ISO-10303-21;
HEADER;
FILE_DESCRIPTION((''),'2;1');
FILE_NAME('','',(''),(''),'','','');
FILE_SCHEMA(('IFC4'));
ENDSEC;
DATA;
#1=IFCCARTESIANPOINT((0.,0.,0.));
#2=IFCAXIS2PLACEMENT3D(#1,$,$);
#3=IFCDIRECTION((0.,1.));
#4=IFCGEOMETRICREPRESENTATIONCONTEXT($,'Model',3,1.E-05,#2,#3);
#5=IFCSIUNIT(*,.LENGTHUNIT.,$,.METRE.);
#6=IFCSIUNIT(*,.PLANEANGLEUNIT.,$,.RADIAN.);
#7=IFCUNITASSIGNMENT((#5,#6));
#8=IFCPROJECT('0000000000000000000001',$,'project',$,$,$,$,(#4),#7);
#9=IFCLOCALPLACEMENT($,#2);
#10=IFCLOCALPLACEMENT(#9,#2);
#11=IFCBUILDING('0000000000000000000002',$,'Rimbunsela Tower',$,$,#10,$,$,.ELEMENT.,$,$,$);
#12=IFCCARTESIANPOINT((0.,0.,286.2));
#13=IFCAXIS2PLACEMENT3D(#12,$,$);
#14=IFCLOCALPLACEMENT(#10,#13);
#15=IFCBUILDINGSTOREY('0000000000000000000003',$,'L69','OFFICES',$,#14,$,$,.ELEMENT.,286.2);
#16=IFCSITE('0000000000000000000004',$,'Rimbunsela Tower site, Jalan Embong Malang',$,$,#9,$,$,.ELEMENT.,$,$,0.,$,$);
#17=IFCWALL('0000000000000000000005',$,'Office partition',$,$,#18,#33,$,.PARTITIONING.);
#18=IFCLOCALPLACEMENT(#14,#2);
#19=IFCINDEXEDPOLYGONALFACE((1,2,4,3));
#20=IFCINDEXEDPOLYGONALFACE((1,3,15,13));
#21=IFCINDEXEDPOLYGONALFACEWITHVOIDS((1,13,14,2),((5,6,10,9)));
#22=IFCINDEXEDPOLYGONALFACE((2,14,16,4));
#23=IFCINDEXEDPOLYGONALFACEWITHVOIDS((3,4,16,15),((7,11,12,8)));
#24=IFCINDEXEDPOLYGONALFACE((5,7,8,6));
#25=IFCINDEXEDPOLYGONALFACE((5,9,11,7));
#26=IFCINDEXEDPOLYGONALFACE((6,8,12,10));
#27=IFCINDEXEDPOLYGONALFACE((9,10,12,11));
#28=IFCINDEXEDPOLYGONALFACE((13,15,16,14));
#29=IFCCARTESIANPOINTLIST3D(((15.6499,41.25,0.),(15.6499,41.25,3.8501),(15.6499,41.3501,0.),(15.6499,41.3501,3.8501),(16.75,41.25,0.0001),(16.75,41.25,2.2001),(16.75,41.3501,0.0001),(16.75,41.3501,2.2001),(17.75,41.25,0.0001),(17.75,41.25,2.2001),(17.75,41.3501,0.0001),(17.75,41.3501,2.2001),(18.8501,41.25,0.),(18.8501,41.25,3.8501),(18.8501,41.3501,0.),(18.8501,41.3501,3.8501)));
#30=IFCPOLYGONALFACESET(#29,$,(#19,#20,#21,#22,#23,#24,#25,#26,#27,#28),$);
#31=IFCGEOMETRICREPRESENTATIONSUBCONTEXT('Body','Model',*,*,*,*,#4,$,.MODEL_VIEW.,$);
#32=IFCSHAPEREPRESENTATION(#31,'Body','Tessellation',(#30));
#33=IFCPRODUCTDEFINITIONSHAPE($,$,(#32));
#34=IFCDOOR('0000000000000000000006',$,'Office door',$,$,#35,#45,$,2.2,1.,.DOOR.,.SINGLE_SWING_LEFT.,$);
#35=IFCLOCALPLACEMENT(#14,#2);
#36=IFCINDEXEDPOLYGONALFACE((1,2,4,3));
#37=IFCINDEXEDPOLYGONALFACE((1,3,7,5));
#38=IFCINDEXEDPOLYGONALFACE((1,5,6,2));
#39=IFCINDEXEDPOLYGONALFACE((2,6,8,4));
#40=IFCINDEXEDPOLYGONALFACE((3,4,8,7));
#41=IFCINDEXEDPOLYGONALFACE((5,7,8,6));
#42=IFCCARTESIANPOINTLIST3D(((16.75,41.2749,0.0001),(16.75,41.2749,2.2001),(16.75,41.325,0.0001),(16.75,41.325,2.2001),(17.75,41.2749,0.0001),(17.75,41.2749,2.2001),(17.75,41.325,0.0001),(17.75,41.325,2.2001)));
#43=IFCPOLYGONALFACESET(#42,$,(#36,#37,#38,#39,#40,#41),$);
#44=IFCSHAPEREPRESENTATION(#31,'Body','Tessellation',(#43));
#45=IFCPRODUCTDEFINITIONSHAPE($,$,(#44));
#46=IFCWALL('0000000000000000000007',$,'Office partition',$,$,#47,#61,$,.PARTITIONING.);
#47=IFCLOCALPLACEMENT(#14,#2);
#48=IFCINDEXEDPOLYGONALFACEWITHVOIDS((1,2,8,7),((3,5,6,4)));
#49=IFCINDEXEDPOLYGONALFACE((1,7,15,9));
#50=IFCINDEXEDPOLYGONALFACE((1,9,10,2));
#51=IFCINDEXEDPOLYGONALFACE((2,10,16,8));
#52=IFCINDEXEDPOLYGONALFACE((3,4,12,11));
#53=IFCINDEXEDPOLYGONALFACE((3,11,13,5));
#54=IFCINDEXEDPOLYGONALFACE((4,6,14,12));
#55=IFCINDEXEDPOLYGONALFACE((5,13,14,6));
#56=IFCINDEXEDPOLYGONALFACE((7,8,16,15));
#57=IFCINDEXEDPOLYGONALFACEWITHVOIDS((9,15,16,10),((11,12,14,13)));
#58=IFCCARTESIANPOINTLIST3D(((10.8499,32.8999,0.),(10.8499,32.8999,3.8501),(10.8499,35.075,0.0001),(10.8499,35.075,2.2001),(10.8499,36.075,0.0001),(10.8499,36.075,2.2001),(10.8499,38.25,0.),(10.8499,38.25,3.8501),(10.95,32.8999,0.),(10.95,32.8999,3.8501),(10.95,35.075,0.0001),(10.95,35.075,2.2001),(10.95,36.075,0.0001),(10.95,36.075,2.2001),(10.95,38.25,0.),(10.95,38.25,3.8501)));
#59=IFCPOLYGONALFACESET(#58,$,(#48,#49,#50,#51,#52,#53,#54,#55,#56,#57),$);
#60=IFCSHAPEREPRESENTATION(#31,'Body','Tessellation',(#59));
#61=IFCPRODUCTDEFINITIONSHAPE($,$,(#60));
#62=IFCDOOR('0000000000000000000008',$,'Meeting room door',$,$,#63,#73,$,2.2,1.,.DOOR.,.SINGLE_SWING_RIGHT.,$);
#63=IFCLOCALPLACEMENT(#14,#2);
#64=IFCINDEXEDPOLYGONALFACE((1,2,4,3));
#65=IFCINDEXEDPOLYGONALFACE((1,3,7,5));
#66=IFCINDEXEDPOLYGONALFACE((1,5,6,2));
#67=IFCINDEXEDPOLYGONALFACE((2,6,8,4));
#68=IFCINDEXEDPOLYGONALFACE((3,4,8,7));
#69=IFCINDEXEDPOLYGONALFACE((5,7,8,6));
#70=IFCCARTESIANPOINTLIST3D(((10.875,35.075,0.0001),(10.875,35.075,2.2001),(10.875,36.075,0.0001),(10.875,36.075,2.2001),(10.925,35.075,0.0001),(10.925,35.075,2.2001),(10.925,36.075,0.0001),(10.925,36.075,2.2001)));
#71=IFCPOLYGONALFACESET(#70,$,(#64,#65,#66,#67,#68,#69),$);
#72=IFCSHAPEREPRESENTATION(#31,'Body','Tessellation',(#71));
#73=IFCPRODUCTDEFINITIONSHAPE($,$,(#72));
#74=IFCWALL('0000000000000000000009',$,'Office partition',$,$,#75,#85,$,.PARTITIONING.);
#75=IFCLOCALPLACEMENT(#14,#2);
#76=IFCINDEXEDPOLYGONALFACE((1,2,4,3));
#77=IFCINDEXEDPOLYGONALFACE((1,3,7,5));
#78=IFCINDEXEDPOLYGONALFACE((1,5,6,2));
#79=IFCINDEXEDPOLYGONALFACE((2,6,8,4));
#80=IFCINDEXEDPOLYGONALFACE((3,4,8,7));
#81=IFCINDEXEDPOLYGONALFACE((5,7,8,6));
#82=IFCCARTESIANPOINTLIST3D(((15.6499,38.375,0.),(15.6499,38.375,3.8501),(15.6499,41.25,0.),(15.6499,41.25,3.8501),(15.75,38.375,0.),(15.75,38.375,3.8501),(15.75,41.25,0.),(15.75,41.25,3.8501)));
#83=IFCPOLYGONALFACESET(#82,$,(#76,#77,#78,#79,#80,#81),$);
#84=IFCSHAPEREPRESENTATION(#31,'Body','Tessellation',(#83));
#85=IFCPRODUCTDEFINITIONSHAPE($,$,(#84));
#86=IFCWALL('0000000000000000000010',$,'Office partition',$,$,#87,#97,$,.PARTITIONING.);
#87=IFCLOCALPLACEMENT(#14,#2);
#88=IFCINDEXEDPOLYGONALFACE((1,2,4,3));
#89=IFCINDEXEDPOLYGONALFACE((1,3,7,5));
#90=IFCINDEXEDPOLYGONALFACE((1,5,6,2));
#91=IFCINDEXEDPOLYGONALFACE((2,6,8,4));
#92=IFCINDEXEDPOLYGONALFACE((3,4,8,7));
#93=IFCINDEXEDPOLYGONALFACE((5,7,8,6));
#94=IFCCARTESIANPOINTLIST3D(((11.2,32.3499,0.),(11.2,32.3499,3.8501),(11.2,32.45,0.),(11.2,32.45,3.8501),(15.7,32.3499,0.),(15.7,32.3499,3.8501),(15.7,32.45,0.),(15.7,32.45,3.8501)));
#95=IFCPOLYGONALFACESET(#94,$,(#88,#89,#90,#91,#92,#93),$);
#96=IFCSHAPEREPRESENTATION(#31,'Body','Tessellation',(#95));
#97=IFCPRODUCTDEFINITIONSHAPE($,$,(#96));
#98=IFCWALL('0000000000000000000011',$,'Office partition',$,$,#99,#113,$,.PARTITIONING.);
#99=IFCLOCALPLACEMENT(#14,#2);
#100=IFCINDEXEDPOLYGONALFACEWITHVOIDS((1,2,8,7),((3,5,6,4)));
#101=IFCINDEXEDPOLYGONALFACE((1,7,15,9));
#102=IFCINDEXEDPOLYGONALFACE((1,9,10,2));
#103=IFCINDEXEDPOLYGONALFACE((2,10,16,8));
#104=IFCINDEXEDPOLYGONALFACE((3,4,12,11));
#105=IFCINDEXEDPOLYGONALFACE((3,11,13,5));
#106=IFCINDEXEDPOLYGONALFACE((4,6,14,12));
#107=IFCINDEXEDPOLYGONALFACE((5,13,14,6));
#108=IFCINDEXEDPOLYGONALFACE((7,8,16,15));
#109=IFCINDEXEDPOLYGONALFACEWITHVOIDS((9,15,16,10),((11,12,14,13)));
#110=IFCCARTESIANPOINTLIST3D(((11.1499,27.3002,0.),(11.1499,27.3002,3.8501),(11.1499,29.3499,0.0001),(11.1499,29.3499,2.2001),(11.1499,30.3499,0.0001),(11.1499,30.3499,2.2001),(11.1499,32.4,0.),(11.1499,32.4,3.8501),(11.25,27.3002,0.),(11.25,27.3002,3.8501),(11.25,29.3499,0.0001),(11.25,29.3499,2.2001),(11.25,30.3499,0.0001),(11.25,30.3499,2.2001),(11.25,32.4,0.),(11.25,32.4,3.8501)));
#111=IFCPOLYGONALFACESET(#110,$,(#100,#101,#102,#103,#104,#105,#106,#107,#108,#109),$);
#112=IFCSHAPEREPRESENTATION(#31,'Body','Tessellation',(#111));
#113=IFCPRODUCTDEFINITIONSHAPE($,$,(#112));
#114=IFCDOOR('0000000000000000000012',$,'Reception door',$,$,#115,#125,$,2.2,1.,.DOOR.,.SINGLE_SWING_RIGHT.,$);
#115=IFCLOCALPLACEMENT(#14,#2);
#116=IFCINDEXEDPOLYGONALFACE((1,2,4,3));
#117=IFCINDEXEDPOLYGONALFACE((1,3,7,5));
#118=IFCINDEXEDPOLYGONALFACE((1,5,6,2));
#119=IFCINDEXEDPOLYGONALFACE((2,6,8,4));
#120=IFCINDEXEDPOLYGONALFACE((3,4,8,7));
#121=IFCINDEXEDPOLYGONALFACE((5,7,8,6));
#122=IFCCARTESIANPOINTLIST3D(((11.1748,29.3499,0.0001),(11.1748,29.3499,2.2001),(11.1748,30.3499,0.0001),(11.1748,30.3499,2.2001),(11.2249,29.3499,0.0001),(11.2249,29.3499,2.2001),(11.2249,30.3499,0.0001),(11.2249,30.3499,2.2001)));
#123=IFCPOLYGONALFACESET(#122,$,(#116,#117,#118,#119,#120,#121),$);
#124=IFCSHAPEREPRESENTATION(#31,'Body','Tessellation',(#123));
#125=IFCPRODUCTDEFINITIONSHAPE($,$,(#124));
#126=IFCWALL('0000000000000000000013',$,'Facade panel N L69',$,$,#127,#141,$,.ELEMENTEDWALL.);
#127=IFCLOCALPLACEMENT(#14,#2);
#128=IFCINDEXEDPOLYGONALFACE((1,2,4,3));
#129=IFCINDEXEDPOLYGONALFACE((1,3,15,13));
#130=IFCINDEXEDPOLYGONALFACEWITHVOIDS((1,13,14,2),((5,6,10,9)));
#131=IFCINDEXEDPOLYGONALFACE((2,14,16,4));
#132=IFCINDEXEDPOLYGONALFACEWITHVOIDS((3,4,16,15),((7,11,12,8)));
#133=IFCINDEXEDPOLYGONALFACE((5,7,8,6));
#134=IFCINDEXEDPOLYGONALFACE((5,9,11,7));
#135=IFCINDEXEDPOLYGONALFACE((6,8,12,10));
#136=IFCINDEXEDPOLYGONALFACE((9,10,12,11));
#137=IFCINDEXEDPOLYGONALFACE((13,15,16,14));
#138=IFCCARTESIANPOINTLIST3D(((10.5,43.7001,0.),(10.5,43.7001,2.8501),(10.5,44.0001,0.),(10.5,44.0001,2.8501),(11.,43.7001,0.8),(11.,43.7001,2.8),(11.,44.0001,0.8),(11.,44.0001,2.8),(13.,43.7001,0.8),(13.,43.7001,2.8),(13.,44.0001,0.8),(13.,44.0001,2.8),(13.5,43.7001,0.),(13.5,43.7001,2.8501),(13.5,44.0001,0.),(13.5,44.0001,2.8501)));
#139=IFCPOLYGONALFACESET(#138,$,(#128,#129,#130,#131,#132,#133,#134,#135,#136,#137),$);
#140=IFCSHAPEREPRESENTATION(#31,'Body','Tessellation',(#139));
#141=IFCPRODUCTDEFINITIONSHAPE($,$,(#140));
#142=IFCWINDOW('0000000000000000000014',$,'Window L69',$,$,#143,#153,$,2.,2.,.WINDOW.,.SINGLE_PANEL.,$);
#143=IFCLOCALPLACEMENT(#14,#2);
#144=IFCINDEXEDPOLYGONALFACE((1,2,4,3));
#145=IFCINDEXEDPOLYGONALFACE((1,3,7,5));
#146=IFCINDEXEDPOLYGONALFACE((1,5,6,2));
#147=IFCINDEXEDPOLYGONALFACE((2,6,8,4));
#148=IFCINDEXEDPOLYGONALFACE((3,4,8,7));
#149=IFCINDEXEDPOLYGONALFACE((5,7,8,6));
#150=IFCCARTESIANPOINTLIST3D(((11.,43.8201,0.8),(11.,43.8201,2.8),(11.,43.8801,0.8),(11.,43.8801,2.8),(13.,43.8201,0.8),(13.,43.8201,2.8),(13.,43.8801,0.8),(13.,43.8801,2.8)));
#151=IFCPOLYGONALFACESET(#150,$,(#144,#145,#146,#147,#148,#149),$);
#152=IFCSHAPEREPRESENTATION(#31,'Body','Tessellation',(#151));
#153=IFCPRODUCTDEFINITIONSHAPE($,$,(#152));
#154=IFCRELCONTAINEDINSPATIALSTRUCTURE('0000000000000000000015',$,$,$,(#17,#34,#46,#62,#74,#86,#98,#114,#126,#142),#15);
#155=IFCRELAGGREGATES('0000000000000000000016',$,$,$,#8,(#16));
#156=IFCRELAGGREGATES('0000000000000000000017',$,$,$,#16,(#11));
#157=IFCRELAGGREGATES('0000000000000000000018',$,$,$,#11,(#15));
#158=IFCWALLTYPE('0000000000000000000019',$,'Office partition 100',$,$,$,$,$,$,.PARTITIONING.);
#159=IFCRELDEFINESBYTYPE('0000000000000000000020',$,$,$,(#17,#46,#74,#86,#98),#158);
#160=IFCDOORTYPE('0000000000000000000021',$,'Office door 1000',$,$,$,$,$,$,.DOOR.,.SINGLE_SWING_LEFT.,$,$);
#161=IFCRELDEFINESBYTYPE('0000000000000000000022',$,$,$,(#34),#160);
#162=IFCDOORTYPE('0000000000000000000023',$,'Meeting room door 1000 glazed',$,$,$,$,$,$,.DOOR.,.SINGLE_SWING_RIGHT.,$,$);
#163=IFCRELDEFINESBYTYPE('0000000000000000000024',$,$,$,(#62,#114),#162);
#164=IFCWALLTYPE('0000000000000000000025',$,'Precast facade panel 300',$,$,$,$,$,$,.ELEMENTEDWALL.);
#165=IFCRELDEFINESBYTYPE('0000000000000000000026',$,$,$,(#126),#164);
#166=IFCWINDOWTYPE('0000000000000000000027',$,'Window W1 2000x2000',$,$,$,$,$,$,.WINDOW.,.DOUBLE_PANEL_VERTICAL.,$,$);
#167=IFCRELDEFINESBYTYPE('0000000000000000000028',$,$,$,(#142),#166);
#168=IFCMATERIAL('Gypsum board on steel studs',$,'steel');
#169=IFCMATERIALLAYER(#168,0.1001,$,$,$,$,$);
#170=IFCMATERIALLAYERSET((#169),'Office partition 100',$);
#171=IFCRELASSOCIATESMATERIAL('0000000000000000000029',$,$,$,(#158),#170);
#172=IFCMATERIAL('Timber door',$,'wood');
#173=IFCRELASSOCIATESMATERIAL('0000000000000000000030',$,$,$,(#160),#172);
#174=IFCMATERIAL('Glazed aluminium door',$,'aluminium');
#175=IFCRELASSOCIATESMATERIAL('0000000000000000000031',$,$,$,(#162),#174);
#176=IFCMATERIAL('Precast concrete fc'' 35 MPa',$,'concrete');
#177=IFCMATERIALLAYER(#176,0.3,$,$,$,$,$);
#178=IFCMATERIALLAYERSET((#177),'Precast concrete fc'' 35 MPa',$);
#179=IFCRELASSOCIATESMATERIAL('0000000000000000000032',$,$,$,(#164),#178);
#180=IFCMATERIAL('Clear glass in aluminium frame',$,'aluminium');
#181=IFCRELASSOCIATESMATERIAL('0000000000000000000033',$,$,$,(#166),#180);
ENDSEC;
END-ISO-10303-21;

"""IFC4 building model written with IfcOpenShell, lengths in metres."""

from ifc_helpers import new_model, si_unit, direction, frame, frame_2d, origin, place, context, subcontext, project, spatial, rectangle, extrude, material, layer, layer_set, type_object, element, fill, save


model = new_model("IFC4")

# Units and contexts
model_context = context("Model", 3, precision=1e-05, world=origin(), true_north=direction((0.0, 1.0)))
body_context = subcontext(model_context, "Body", "Model", "MODEL_VIEW")
ifc_project = project(units=[si_unit("LENGTHUNIT", "METRE"), si_unit("PLANEANGLEUNIT", "RADIAN")], contexts=[model_context])

# Site, building, storey
site_placement = place(None, origin())
site = spatial("IfcSite", under=ifc_project, at=site_placement, Name="Rimbunsela Tower site, Jalan Embong Malang", CompositionType="ELEMENT", RefElevation=0.0)
building_placement = place(site_placement, origin())
building = spatial("IfcBuilding", under=site, at=building_placement, Name="Rimbunsela Tower", CompositionType="ELEMENT")
storey_placement = place(building_placement, frame((0.0, 0.0, 286.2)))
storey = spatial("IfcBuildingStorey", under=building, at=storey_placement, Name="L69", Description="OFFICES", CompositionType="ELEMENT", Elevation=286.2)

# Shared definitions
ifc_material_1 = material(Name="Gypsum board on steel studs", Category="steel")
ifc_layer_1 = layer(ifc_material_1, 0.1001)
ifc_layer_set_1 = layer_set([ifc_layer_1], Name="Office partition 100")
wall_type_1 = type_object("IfcWallType", Name="Office partition 100", PredefinedType="PARTITIONING", material=ifc_layer_set_1)

# Walls, openings, doors
wall_1_placement = place(storey_placement, frame((15.6499, 41.3, 0.0), z_axis=(0.0, 0.0, 1.0), x_axis=(1.0, 0.0, 0.0)))
wall_1 = element("IfcWall", 1, at=wall_1_placement, inside=storey, type_object=wall_type_1, Name="Office partition", PredefinedType="PARTITIONING", context=body_context, shape_type="SweptSolid", body=[
    extrude(rectangle(XDim=3.2002, YDim=0.1001, at=frame_2d((1.6001, 0.0))), origin(), (0.0, 0.0, 1.0), 3.8501),
])
opening_1_placement = place(wall_1_placement, frame((1.1001, 0.0, 0.0)))
opening_1 = element("IfcOpeningElement", 2, at=opening_1_placement, cuts=wall_1, PredefinedType="OPENING", context=body_context, shape_type="SweptSolid", body=[
    extrude(rectangle(XDim=1.0, YDim=2.2, at=frame_2d((0.5, 1.1001))), frame((0.0, 0.0601, 0.0), z_axis=(0.0, -1.0, 0.0), x_axis=(1.0, 0.0, 0.0)), (0.0, 0.0, 1.0), 0.1201),
])
ifc_material_2 = material(Name="Timber door", Category="wood")
door_type_1 = type_object("IfcDoorType", Name="Office door 1000", OperationType="SINGLE_SWING_LEFT", PredefinedType="DOOR", material=ifc_material_2)
door_1_placement = place(opening_1_placement, origin())
door_1 = element("IfcDoor", 3, at=door_1_placement, inside=storey, type_object=door_type_1, Name="Office door", OperationType="SINGLE_SWING_LEFT", OverallHeight=2.2, OverallWidth=1.0, PredefinedType="DOOR", context=body_context, shape_type="SweptSolid", body=[
    extrude(rectangle(XDim=1.0, YDim=2.2, at=frame_2d((0.5, 1.1001))), frame((0.0, 0.0249, 0.0), z_axis=(0.0, -1.0, 0.0), x_axis=(1.0, 0.0, 0.0)), (0.0, 0.0, 1.0), 0.05),
])
fill(opening_1, door_1)
wall_2_placement = place(storey_placement, frame((10.8999, 32.8999, 0.0), z_axis=(0.0, 0.0, 1.0), x_axis=(0.0, 1.0, 0.0)))
wall_2 = element("IfcWall", 4, at=wall_2_placement, inside=storey, type_object=wall_type_1, Name="Office partition", PredefinedType="PARTITIONING", context=body_context, shape_type="SweptSolid", body=[
    extrude(rectangle(XDim=5.3501, YDim=0.1001, at=frame_2d((2.675, 0.0))), origin(), (0.0, 0.0, 1.0), 3.8501),
])
opening_2_placement = place(wall_2_placement, frame((2.175, 0.0, 0.0)))
opening_2 = element("IfcOpeningElement", 5, at=opening_2_placement, cuts=wall_2, PredefinedType="OPENING", context=body_context, shape_type="SweptSolid", body=[
    extrude(rectangle(XDim=1.0, YDim=2.2, at=frame_2d((0.5, 1.1001))), frame((0.0, 0.0601, 0.0), z_axis=(0.0, -1.0, 0.0), x_axis=(1.0, 0.0, 0.0)), (0.0, 0.0, 1.0), 0.1201),
])
ifc_material_3 = material(Name="Glazed aluminium door", Category="aluminium")
door_type_2 = type_object("IfcDoorType", Name="Meeting room door 1000 glazed", OperationType="SINGLE_SWING_RIGHT", PredefinedType="DOOR", material=ifc_material_3)
door_2_placement = place(opening_2_placement, origin())
door_2 = element("IfcDoor", 6, at=door_2_placement, inside=storey, type_object=door_type_2, Name="Meeting room door", OperationType="SINGLE_SWING_RIGHT", OverallHeight=2.2, OverallWidth=1.0, PredefinedType="DOOR", context=body_context, shape_type="SweptSolid", body=[
    extrude(rectangle(XDim=1.0, YDim=2.2, at=frame_2d((0.5, 1.1001))), frame((0.0, 0.0249, 0.0), z_axis=(0.0, -1.0, 0.0), x_axis=(1.0, 0.0, 0.0)), (0.0, 0.0, 1.0), 0.05),
])
fill(opening_2, door_2)

# Walls
wall_3_placement = place(storey_placement, frame((15.7, 38.375, 0.0), z_axis=(0.0, 0.0, 1.0), x_axis=(0.0, 1.0, 0.0)))
element("IfcWall", 7, at=wall_3_placement, inside=storey, type_object=wall_type_1, Name="Office partition", PredefinedType="PARTITIONING", context=body_context, shape_type="SweptSolid", body=[
    extrude(rectangle(XDim=2.875, YDim=0.1001, at=frame_2d((1.4375, 0.0))), origin(), (0.0, 0.0, 1.0), 3.8501),
])
wall_4_placement = place(storey_placement, frame((15.7, 32.3999, 0.0), z_axis=(0.0, 0.0, 1.0), x_axis=(-1.0, 0.0, 0.0)))
element("IfcWall", 8, at=wall_4_placement, inside=storey, type_object=wall_type_1, Name="Office partition", PredefinedType="PARTITIONING", context=body_context, shape_type="SweptSolid", body=[
    extrude(rectangle(XDim=4.5, YDim=0.1001, at=frame_2d((2.25, 0.0))), origin(), (0.0, 0.0, 1.0), 3.8501),
])

# Wall, opening, door
wall_5_placement = place(storey_placement, frame((11.2, 32.3999, 0.0), z_axis=(0.0, 0.0, 1.0), x_axis=(0.0, -1.0, 0.0)))
wall_5 = element("IfcWall", 9, at=wall_5_placement, inside=storey, type_object=wall_type_1, Name="Office partition", PredefinedType="PARTITIONING", context=body_context, shape_type="SweptSolid", body=[
    extrude(rectangle(XDim=5.0999, YDim=0.1001, at=frame_2d((2.5498, 0.0))), origin(), (0.0, 0.0, 1.0), 3.8501),
])
opening_3_placement = place(wall_5_placement, frame((2.05, 0.0, 0.0)))
opening_3 = element("IfcOpeningElement", 10, at=opening_3_placement, cuts=wall_5, PredefinedType="OPENING", context=body_context, shape_type="SweptSolid", body=[
    extrude(rectangle(XDim=1.0, YDim=2.2, at=frame_2d((0.5, 1.1001))), frame((0.0, 0.0601, 0.0), z_axis=(0.0, -1.0, 0.0), x_axis=(1.0, 0.0, 0.0)), (0.0, 0.0, 1.0), 0.1201),
])
door_3_placement = place(opening_3_placement, origin())
door_3 = element("IfcDoor", 11, at=door_3_placement, inside=storey, type_object=door_type_2, Name="Reception door", OperationType="SINGLE_SWING_RIGHT", OverallHeight=2.2, OverallWidth=1.0, PredefinedType="DOOR", context=body_context, shape_type="SweptSolid", body=[
    extrude(rectangle(XDim=1.0, YDim=2.2, at=frame_2d((0.5, 1.1001))), frame((0.0, 0.0249, 0.0), z_axis=(0.0, -1.0, 0.0), x_axis=(1.0, 0.0, 0.0)), (0.0, 0.0, 1.0), 0.05),
])
fill(opening_3, door_3)

# Wall, opening, window
ifc_material_4 = material(Name="Precast concrete fc' 35 MPa", Category="concrete")
ifc_layer_2 = layer(ifc_material_4, 0.3)
ifc_layer_set_2 = layer_set([ifc_layer_2], Name="Precast concrete fc' 35 MPa")
wall_type_2 = type_object("IfcWallType", Name="Precast facade panel 300", PredefinedType="ELEMENTEDWALL", material=ifc_layer_set_2)
wall_6_placement = place(storey_placement, frame((13.5, 43.8501, 0.0), z_axis=(0.0, 0.0, 1.0), x_axis=(-1.0, 0.0, 0.0)))
wall_6 = element("IfcWall", 12, at=wall_6_placement, inside=storey, type_object=wall_type_2, Name="Facade panel N L69", PredefinedType="ELEMENTEDWALL", context=body_context, shape_type="SweptSolid", body=[
    extrude(rectangle(XDim=3.0, YDim=0.3, at=frame_2d((1.5, 0.0))), origin(), (0.0, 0.0, 1.0), 2.8501),
])
opening_4_placement = place(wall_6_placement, frame((0.5, 0.0, 0.8)))
opening_4 = element("IfcOpeningElement", 13, at=opening_4_placement, cuts=wall_6, PredefinedType="OPENING", context=body_context, shape_type="SweptSolid", body=[
    extrude(rectangle(XDim=2.0, YDim=2.0, at=frame_2d((1.0, 1.0))), frame((0.0, 0.1599, 0.0), z_axis=(0.0, -1.0, 0.0), x_axis=(1.0, 0.0, 0.0)), (0.0, 0.0, 1.0), 0.3201),
])
ifc_material_5 = material(Name="Clear glass in aluminium frame", Category="aluminium")
window_type = type_object("IfcWindowType", Name="Window W1 2000x2000", PartitioningType="DOUBLE_PANEL_VERTICAL", PredefinedType="WINDOW", material=ifc_material_5)
window_1_placement = place(opening_4_placement, origin())
window_1 = element("IfcWindow", 14, at=window_1_placement, inside=storey, type_object=window_type, Name="Window L69", OverallHeight=2.0, OverallWidth=2.0, PartitioningType="SINGLE_PANEL", PredefinedType="WINDOW", context=body_context, shape_type="SweptSolid", body=[
    extrude(rectangle(XDim=2.0, YDim=2.0, at=frame_2d((1.0, 1.0))), frame((0.0, 0.03, 0.0), z_axis=(0.0, -1.0, 0.0), x_axis=(1.0, 0.0, 0.0)), (0.0, 0.0, 1.0), 0.0601),
])
fill(opening_4, window_1)

save(model, "model.ifc")
